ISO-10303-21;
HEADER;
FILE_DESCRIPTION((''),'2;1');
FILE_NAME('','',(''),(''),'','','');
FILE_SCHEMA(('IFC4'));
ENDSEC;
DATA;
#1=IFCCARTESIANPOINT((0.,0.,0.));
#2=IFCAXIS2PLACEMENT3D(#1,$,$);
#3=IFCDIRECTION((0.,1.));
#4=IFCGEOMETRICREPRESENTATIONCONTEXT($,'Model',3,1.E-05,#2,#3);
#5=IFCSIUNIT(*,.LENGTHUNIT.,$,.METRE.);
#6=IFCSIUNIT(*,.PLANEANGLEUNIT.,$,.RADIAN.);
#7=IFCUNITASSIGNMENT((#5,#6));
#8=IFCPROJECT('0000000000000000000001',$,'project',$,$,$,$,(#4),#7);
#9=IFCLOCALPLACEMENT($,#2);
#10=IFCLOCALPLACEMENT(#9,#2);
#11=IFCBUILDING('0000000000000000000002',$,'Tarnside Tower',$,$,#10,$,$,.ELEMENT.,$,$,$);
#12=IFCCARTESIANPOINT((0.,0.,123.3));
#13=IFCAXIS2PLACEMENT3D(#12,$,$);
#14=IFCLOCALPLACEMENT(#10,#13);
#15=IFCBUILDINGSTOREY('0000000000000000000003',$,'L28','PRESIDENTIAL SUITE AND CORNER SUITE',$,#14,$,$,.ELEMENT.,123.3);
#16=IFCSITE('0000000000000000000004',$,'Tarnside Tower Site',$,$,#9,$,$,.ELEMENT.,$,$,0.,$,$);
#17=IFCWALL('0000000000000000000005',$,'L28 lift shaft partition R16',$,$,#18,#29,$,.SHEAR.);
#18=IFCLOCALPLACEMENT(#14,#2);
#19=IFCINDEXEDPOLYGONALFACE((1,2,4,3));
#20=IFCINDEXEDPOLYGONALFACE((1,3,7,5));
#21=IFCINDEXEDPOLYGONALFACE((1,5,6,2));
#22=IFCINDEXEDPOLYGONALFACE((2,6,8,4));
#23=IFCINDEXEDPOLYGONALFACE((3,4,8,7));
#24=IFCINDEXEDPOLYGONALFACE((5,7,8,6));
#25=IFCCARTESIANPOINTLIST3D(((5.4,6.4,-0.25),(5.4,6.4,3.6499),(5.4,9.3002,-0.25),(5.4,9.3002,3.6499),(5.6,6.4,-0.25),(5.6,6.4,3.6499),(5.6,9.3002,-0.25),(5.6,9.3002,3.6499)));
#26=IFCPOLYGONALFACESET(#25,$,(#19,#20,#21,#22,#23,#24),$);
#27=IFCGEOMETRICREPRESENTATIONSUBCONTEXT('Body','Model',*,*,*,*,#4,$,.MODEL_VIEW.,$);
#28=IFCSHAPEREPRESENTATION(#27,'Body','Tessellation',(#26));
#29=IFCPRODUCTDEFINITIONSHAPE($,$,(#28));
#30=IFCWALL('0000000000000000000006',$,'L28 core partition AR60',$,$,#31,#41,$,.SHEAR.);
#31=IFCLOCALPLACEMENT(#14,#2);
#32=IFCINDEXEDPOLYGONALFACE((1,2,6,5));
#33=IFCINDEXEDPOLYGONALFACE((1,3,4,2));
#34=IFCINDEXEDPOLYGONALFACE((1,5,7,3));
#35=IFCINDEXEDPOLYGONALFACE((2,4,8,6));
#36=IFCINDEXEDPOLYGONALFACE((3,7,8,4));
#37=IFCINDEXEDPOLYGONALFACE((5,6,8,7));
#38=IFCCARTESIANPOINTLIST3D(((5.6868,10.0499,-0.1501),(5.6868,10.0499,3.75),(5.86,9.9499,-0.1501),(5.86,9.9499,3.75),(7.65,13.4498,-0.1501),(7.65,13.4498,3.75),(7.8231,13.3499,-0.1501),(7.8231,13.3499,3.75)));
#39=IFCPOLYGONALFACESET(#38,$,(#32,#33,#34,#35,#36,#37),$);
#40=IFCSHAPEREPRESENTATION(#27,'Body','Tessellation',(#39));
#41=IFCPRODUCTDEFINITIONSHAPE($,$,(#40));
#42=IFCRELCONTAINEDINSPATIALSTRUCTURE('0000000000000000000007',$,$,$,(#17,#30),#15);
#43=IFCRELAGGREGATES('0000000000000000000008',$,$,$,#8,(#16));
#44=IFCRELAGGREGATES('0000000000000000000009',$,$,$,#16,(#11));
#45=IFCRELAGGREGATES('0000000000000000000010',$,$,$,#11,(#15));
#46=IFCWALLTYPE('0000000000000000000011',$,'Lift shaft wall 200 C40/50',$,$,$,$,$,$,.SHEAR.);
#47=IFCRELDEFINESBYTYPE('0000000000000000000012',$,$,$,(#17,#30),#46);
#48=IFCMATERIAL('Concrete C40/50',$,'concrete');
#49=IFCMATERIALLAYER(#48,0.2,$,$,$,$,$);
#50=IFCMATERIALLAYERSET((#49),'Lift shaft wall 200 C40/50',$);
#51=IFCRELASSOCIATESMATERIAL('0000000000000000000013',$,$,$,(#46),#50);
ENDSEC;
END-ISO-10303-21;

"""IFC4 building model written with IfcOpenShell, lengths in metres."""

from ifc_helpers import new_model, si_unit, direction, frame, frame_2d, origin, place, context, subcontext, project, spatial, rectangle, extrude, material, layer, layer_set, type_object, element, save


model = new_model("IFC4")

# Units and contexts
model_context = context("Model", 3, precision=1e-05, world=origin(), true_north=direction((0.0, 1.0)))
body_context = subcontext(model_context, "Body", "Model", "MODEL_VIEW")
ifc_project = project(units=[si_unit("LENGTHUNIT", "METRE"), si_unit("PLANEANGLEUNIT", "RADIAN")], contexts=[model_context])

# Site, building, storey
site_placement = place(None, origin())
site = spatial("IfcSite", under=ifc_project, at=site_placement, Name="Tarnside Tower Site", CompositionType="ELEMENT", RefElevation=0.0)
building_placement = place(site_placement, origin())
building = spatial("IfcBuilding", under=site, at=building_placement, Name="Tarnside Tower", CompositionType="ELEMENT")
storey_placement = place(building_placement, frame((0.0, 0.0, 123.3)))
storey = spatial("IfcBuildingStorey", under=building, at=storey_placement, Name="L28", Description="PRESIDENTIAL SUITE AND CORNER SUITE", CompositionType="ELEMENT", Elevation=123.3)

# Walls
ifc_material_1 = material(Name="Concrete C40/50", Category="concrete")
ifc_layer_1 = layer(ifc_material_1, 0.2)
ifc_layer_set_1 = layer_set([ifc_layer_1], Name="Lift shaft wall 200 C40/50")
wall_type_1 = type_object("IfcWallType", Name="Lift shaft wall 200 C40/50", PredefinedType="SHEAR", material=ifc_layer_set_1)
wall_1_placement = place(storey_placement, frame((5.5, 6.3999, -0.25), z_axis=(0.0, 0.0, 1.0), x_axis=(0.0, 1.0, 0.0)))
element("IfcWall", 1, at=wall_1_placement, inside=storey, type_object=wall_type_1, Name="L28 lift shaft partition R16", PredefinedType="SHEAR", context=body_context, shape_type="SweptSolid", body=[
    extrude(rectangle(XDim=2.9001, YDim=0.2, at=frame_2d((1.4502, 0.0))), origin(), (0.0, 0.0, 1.0), 3.8999),
])
wall_2_placement = place(storey_placement, frame((5.7734, 10.0, -0.1501), z_axis=(0.0, 0.0, 1.0), x_axis=(0.500038, 0.866003, 0.0)))
element("IfcWall", 2, at=wall_2_placement, inside=storey, type_object=wall_type_1, Name="L28 core partition AR60", PredefinedType="SHEAR", context=body_context, shape_type="SweptSolid", body=[
    extrude(rectangle(XDim=3.926, YDim=0.2, at=frame_2d((1.9629, 0.0))), origin(), (0.0, 0.0, 1.0), 3.9001),
])

save(model, "model.ifc")
